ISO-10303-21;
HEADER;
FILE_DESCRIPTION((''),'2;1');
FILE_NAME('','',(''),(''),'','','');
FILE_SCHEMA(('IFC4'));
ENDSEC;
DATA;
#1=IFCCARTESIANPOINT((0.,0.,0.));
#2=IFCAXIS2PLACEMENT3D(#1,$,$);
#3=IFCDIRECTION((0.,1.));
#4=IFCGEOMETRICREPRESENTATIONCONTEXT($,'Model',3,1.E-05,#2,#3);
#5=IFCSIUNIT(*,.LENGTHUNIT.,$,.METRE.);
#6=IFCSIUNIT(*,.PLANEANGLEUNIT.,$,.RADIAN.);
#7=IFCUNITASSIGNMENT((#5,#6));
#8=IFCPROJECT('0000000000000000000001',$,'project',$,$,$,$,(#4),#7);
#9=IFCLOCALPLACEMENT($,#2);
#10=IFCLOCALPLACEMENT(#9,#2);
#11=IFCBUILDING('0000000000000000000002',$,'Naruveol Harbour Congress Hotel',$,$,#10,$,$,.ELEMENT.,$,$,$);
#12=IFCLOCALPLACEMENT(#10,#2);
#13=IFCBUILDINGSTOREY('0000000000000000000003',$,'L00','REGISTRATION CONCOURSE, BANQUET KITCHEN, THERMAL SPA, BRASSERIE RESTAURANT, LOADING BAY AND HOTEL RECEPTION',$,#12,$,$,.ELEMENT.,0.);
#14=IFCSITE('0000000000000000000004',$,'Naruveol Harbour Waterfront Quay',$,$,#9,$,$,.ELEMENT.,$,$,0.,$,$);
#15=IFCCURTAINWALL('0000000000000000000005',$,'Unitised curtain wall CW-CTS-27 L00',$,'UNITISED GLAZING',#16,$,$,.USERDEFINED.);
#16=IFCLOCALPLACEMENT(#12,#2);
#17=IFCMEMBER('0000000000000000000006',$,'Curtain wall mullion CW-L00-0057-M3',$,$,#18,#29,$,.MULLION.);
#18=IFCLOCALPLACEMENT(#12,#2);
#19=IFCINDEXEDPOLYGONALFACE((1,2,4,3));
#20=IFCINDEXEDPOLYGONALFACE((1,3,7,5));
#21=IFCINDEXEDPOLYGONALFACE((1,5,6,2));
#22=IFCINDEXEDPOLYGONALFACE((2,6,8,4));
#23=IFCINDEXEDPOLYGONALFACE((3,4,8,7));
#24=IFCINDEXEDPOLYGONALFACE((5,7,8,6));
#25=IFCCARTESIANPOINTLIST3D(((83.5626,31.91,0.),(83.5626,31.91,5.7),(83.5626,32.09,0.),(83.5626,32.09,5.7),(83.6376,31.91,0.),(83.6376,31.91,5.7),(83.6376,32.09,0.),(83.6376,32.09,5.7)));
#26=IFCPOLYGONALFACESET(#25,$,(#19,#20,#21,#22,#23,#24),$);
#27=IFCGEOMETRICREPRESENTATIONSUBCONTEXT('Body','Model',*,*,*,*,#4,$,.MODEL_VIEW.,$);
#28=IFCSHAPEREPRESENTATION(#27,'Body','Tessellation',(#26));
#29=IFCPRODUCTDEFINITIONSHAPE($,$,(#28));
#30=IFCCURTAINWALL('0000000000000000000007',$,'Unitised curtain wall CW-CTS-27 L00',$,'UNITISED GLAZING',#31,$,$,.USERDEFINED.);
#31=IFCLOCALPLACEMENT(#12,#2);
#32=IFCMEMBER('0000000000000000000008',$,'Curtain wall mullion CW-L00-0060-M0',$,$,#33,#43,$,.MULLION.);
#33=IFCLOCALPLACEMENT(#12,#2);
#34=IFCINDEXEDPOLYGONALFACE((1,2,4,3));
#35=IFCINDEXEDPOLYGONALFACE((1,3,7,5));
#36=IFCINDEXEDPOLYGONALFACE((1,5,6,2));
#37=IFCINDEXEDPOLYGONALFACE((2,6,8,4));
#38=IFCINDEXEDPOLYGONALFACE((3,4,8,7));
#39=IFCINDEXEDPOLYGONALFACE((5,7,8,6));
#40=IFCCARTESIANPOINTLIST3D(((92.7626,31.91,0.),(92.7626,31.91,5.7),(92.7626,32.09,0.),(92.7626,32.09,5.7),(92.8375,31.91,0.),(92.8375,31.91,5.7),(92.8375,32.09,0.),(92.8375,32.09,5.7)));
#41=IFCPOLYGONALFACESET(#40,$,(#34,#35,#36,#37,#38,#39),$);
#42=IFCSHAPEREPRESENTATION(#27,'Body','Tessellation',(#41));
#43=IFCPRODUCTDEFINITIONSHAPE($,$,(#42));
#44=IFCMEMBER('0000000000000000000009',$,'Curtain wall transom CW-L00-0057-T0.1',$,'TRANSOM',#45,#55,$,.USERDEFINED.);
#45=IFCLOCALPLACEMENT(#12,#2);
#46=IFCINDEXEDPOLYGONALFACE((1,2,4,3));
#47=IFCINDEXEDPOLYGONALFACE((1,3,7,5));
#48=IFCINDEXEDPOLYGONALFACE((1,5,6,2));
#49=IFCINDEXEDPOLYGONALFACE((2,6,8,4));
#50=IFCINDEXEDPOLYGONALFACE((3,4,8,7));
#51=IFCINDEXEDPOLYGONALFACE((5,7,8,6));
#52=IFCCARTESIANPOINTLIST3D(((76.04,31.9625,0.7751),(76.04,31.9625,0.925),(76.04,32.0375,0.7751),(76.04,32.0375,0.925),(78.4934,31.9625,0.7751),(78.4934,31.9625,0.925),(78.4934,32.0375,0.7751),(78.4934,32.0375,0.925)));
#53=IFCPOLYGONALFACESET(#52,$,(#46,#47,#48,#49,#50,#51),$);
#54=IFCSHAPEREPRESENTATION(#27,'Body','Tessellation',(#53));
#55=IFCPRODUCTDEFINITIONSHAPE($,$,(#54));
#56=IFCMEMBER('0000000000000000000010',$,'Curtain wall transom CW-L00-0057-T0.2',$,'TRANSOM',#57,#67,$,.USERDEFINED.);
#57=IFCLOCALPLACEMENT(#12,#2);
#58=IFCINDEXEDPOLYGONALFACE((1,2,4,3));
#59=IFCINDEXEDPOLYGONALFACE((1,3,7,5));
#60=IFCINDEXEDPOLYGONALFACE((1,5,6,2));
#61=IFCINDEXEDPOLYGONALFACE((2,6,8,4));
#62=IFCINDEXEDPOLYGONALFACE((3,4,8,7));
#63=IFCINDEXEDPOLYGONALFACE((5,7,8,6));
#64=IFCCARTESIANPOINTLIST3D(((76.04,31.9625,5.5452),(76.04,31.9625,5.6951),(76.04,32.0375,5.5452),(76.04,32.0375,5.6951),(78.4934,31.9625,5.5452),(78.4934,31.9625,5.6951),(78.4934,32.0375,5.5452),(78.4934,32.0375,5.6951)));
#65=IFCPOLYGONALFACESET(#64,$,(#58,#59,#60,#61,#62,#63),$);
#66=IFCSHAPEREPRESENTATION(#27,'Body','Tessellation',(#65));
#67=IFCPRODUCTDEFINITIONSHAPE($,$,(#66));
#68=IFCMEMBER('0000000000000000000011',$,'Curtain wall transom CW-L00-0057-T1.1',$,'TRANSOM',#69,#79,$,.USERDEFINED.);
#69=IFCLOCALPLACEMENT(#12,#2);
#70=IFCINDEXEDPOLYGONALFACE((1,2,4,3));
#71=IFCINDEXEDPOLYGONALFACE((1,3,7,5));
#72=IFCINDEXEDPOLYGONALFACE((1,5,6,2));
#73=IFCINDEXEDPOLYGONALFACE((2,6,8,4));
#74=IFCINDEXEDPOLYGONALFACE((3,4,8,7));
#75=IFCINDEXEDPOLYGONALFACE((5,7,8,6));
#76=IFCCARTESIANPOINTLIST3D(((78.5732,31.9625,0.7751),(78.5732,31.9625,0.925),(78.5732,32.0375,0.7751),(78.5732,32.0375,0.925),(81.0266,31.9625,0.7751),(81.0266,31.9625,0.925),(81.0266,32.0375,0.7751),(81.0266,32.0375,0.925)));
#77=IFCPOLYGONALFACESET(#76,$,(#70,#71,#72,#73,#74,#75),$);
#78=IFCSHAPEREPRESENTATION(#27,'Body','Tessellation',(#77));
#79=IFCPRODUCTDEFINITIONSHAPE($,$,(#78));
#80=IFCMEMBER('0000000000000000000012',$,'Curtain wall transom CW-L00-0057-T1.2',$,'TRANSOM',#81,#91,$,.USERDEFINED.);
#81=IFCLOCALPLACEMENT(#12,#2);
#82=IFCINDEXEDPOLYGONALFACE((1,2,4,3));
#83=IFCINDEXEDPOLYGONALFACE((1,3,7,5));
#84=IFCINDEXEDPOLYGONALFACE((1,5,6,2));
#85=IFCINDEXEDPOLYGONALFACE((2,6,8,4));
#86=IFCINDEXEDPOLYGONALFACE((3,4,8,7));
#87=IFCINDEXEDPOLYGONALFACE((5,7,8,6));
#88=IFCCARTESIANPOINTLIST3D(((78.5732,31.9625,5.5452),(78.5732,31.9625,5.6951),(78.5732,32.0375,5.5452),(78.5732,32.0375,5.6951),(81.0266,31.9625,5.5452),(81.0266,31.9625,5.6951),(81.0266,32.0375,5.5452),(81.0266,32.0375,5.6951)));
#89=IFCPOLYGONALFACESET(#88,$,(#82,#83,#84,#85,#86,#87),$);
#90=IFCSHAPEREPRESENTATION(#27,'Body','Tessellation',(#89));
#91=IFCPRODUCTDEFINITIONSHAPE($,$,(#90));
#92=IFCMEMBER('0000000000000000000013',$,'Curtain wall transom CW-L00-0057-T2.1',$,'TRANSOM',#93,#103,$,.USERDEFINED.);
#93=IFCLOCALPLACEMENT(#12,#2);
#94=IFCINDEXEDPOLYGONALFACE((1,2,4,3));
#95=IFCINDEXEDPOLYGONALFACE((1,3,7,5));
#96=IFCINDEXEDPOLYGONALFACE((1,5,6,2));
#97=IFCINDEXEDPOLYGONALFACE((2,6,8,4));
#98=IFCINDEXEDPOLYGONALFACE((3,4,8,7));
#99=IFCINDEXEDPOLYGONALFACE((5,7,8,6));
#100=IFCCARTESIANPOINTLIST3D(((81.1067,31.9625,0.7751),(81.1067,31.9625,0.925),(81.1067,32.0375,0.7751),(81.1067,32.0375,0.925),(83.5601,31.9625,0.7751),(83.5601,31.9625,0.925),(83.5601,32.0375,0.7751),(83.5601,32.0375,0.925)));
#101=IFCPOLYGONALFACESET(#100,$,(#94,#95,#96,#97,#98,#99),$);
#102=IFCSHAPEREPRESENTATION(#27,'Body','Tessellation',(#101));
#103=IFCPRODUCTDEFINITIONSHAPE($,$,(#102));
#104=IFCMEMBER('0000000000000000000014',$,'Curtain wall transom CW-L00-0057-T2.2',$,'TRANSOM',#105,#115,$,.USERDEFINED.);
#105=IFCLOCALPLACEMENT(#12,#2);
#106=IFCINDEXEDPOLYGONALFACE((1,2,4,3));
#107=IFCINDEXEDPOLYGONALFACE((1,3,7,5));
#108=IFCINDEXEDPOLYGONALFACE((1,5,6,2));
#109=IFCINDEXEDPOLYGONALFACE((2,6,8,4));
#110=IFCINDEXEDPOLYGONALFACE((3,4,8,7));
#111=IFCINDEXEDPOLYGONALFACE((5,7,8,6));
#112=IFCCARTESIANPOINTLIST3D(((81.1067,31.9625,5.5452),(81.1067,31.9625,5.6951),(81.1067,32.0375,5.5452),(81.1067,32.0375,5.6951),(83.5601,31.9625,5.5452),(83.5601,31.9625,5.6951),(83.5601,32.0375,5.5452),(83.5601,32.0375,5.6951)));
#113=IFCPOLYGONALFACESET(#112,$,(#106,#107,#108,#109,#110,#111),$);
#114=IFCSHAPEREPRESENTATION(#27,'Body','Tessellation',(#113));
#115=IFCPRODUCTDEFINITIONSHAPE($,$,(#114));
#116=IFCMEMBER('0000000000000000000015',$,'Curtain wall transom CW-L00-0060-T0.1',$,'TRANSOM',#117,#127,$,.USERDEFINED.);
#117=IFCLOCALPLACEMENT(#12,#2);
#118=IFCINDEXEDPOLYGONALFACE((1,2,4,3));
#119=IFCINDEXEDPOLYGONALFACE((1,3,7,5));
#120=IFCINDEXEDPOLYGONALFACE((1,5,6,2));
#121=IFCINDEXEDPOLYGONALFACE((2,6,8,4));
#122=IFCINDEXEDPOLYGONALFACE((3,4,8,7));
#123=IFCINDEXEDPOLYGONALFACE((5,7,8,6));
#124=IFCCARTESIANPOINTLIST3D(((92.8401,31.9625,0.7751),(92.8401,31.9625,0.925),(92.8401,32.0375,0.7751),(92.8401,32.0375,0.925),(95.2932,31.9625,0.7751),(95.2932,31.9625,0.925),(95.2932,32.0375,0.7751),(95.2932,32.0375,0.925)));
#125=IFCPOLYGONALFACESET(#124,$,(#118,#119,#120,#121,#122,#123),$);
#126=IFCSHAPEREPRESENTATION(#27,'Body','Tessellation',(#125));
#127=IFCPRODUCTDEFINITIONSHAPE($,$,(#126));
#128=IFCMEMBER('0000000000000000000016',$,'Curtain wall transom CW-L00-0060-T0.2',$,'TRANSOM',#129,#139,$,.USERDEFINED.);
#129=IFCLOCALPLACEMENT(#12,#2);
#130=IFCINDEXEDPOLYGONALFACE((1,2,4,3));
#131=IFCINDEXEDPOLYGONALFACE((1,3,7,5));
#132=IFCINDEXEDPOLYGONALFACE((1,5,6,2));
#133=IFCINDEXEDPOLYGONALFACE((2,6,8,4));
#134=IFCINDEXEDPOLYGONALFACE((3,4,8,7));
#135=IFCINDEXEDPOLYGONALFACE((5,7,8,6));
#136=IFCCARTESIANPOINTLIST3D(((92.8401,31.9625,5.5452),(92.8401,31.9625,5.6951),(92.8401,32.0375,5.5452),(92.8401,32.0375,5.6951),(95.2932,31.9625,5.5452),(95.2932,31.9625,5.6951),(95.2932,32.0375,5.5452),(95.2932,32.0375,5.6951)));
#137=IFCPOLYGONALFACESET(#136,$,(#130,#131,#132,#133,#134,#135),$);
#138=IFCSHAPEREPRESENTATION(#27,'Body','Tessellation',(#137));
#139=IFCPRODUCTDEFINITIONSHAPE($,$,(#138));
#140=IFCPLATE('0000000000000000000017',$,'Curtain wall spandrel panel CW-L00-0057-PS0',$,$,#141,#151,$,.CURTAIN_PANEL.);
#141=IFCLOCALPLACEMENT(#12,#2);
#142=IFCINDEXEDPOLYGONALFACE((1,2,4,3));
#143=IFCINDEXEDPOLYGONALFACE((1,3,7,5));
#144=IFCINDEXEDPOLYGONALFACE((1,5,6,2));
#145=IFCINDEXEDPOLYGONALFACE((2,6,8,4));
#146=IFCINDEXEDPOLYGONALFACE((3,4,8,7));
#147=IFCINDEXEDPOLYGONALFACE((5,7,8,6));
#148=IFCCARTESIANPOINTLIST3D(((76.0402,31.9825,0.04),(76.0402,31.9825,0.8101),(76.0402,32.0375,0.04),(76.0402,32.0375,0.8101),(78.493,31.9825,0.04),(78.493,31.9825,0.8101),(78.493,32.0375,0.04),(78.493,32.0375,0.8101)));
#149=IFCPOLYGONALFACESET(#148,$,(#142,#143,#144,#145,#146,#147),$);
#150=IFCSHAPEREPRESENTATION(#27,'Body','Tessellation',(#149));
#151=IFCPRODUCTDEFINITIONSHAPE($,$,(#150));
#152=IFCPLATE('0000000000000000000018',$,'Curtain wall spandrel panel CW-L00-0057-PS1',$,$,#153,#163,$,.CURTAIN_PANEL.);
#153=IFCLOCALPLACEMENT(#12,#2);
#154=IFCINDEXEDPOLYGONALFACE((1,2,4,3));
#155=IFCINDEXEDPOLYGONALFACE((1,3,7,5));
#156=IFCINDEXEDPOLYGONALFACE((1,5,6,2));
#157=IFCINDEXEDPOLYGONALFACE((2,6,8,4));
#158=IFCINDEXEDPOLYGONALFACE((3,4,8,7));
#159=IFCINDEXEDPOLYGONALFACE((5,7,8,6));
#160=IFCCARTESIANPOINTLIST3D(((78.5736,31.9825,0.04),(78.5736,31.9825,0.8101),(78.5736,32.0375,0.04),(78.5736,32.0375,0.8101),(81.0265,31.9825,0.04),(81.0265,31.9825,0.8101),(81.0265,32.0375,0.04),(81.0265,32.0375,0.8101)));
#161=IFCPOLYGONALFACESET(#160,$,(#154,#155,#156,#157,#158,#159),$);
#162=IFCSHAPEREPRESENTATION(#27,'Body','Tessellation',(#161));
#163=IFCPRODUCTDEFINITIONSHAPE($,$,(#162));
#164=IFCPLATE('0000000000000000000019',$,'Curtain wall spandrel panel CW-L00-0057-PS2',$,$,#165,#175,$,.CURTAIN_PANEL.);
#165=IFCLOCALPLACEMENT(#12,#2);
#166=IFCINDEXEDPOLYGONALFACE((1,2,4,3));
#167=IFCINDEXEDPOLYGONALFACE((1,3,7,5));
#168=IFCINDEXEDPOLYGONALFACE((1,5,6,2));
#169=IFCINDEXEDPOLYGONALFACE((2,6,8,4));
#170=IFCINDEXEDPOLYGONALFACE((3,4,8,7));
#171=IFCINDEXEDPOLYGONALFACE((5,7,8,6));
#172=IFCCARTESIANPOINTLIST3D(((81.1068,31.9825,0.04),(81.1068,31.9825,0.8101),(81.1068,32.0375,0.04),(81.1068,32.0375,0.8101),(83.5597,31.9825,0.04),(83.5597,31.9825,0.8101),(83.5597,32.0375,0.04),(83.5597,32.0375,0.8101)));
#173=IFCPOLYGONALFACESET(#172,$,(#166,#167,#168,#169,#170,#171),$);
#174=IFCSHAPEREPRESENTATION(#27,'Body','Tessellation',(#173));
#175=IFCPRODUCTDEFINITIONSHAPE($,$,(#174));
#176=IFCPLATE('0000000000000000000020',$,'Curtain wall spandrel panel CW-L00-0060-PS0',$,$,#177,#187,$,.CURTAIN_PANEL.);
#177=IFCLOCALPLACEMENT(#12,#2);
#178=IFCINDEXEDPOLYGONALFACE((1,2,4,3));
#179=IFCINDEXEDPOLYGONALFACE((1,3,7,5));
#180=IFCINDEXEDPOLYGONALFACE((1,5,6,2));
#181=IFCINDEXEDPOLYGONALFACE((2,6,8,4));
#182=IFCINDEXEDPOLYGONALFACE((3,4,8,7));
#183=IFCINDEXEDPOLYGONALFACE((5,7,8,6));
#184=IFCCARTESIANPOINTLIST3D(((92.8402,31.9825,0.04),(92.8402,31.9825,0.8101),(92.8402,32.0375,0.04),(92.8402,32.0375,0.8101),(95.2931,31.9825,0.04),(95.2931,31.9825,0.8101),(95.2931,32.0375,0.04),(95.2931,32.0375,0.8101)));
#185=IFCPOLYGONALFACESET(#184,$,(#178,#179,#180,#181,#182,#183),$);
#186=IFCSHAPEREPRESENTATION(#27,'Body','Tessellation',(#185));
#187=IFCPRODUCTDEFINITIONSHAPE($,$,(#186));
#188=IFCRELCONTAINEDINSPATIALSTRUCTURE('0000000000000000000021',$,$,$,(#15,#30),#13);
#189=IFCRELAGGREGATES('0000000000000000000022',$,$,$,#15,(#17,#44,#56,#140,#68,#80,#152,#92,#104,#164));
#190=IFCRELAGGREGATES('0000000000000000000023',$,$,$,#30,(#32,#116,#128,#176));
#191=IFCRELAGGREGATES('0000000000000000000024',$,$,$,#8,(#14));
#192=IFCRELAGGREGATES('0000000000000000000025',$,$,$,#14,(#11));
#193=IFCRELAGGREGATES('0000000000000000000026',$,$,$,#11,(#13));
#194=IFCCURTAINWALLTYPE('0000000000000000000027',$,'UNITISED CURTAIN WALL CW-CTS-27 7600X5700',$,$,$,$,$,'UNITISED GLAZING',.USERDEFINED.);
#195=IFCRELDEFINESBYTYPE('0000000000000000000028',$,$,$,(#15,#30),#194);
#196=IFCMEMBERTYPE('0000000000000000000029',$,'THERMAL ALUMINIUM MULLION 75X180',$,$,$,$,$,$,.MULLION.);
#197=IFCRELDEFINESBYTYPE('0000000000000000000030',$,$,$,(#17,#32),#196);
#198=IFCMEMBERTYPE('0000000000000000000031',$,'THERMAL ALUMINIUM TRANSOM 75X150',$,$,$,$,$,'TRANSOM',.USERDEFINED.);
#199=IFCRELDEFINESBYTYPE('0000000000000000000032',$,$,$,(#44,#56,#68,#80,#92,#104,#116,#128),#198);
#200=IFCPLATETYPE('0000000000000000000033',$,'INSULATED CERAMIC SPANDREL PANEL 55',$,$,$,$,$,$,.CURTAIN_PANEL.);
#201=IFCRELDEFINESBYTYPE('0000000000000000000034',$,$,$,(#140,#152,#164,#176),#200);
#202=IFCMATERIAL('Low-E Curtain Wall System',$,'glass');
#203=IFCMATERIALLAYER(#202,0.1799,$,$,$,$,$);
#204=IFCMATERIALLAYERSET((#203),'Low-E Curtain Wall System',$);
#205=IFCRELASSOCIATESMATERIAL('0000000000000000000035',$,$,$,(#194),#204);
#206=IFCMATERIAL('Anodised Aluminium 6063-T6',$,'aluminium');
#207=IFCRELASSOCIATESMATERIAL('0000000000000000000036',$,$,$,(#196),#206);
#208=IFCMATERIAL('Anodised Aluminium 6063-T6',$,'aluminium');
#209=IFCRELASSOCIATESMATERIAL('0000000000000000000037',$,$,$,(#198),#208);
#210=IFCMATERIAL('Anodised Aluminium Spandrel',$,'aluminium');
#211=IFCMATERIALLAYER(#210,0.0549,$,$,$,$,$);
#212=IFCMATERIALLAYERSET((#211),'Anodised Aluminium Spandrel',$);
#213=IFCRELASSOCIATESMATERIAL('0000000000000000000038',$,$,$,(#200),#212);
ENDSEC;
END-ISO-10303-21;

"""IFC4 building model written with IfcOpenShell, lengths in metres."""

from ifc_helpers import new_model, si_unit, direction, frame, origin, origin_2d, place, context, subcontext, project, spatial, rectangle, extrude, material, layer, layer_set, material_profile, profile_set, type_object, element, aggregate, save


model = new_model("IFC4")

# Units and contexts
model_context = context("Model", 3, precision=1e-05, world=origin(), true_north=direction((0.0, 1.0)))
body_context = subcontext(model_context, "Body", "Model", "MODEL_VIEW")
ifc_project = project(units=[si_unit("LENGTHUNIT", "METRE"), si_unit("PLANEANGLEUNIT", "RADIAN")], contexts=[model_context])

# Site, building, storey
site_placement = place(None, origin())
site = spatial("IfcSite", under=ifc_project, at=site_placement, Name="Naruveol Harbour Waterfront Quay", CompositionType="ELEMENT", RefElevation=0.0)
building_placement = place(site_placement, origin())
building = spatial("IfcBuilding", under=site, at=building_placement, Name="Naruveol Harbour Congress Hotel", CompositionType="ELEMENT")
storey_placement = place(building_placement, origin())
storey = spatial("IfcBuildingStorey", under=building, at=storey_placement, Name="L00", Description="REGISTRATION CONCOURSE, BANQUET KITCHEN, THERMAL SPA, BRASSERIE RESTAURANT, LOADING BAY AND HOTEL RECEPTION", CompositionType="ELEMENT", Elevation=0.0)

# Curtain wall, member
ifc_material_1 = material(Name="Low-E Curtain Wall System", Category="glass")
ifc_layer_1 = layer(ifc_material_1, 0.1799)
ifc_layer_set_1 = layer_set([ifc_layer_1], Name="Low-E Curtain Wall System")
curtain_wall_type = type_object("IfcCurtainWallType", Name="UNITISED CURTAIN WALL CW-CTS-27 7600X5700", ElementType="UNITISED GLAZING", PredefinedType="USERDEFINED", material=ifc_layer_set_1)
curtain_wall_1_placement = place(storey_placement, origin())
curtain_wall_1 = element("IfcCurtainWall", 1, at=curtain_wall_1_placement, inside=storey, type_object=curtain_wall_type, Name="Unitised curtain wall CW-CTS-27 L00", ObjectType="UNITISED GLAZING", PredefinedType="USERDEFINED")
ifc_material_2 = material(Name="Anodised Aluminium 6063-T6", Category="aluminium")
ifc_material_profile_1 = material_profile(ifc_material_2, rectangle(XDim=0.075, YDim=0.1799, at=origin_2d()), Name="ALU-75x180")
ifc_profile_set_1 = profile_set([ifc_material_profile_1], Name="Anodised Aluminium 6063-T6")
member_type_1 = type_object("IfcMemberType", Name="THERMAL ALUMINIUM MULLION 75X180", PredefinedType="MULLION", material=ifc_profile_set_1)
member_1_placement = place(storey_placement, frame((83.6001, 32.0, 0.0), z_axis=(0.0, 0.0, 1.0), x_axis=(1.0, 0.0, 0.0)))
member_1 = element("IfcMember", 2, at=member_1_placement, type_object=member_type_1, Name="Curtain wall mullion CW-L00-0057-M3", PredefinedType="MULLION", context=body_context, shape_type="SweptSolid", body=[
    extrude(rectangle(XDim=0.075, YDim=0.1799, at=origin_2d()), origin(), (0.0, 0.0, 1.0), 5.7),
])

# Curtain wall, member
curtain_wall_2_placement = place(storey_placement, origin())
curtain_wall_2 = element("IfcCurtainWall", 3, at=curtain_wall_2_placement, inside=storey, type_object=curtain_wall_type, Name="Unitised curtain wall CW-CTS-27 L00", ObjectType="UNITISED GLAZING", PredefinedType="USERDEFINED")
member_2_placement = place(storey_placement, frame((92.8, 32.0, 0.0), z_axis=(0.0, 0.0, 1.0), x_axis=(1.0, 0.0, 0.0)))
member_2 = element("IfcMember", 4, at=member_2_placement, type_object=member_type_1, Name="Curtain wall mullion CW-L00-0060-M0", PredefinedType="MULLION", context=body_context, shape_type="SweptSolid", body=[
    extrude(rectangle(XDim=0.075, YDim=0.1799, at=origin_2d()), origin(), (0.0, 0.0, 1.0), 5.7),
])

# Members
ifc_material_3 = material(Name="Anodised Aluminium 6063-T6", Category="aluminium")
ifc_material_profile_2 = material_profile(ifc_material_3, rectangle(XDim=0.075, YDim=0.1499, at=origin_2d()), Name="ALU-75x150")
ifc_profile_set_2 = profile_set([ifc_material_profile_2], Name="Anodised Aluminium 6063-T6")
member_type_2 = type_object("IfcMemberType", Name="THERMAL ALUMINIUM TRANSOM 75X150", ElementType="TRANSOM", PredefinedType="USERDEFINED", material=ifc_profile_set_2)
member_3_placement = place(storey_placement, frame((76.04, 32.0, 0.8501), z_axis=(1.0, 0.0, 0.0), x_axis=(0.0, 1.0, 0.0)))
member_3 = element("IfcMember", 5, at=member_3_placement, type_object=member_type_2, Name="Curtain wall transom CW-L00-0057-T0.1", ObjectType="TRANSOM", PredefinedType="USERDEFINED", context=body_context, shape_type="SweptSolid", body=[
    extrude(rectangle(XDim=0.075, YDim=0.1499, at=origin_2d()), origin(), (0.0, 0.0, 1.0), 2.4534),
])
member_4_placement = place(storey_placement, frame((76.04, 32.0, 5.6201), z_axis=(1.0, 0.0, 0.0), x_axis=(0.0, 1.0, 0.0)))
member_4 = element("IfcMember", 6, at=member_4_placement, type_object=member_type_2, Name="Curtain wall transom CW-L00-0057-T0.2", ObjectType="TRANSOM", PredefinedType="USERDEFINED", context=body_context, shape_type="SweptSolid", body=[
    extrude(rectangle(XDim=0.075, YDim=0.1499, at=origin_2d()), origin(), (0.0, 0.0, 1.0), 2.4534),
])
member_5_placement = place(storey_placement, frame((78.5732, 32.0, 0.8501), z_axis=(1.0, 0.0, 0.0), x_axis=(0.0, 1.0, 0.0)))
member_5 = element("IfcMember", 7, at=member_5_placement, type_object=member_type_2, Name="Curtain wall transom CW-L00-0057-T1.1", ObjectType="TRANSOM", PredefinedType="USERDEFINED", context=body_context, shape_type="SweptSolid", body=[
    extrude(rectangle(XDim=0.075, YDim=0.1499, at=origin_2d()), origin(), (0.0, 0.0, 1.0), 2.4534),
])
member_6_placement = place(storey_placement, frame((78.5732, 32.0, 5.6201), z_axis=(1.0, 0.0, 0.0), x_axis=(0.0, 1.0, 0.0)))
member_6 = element("IfcMember", 8, at=member_6_placement, type_object=member_type_2, Name="Curtain wall transom CW-L00-0057-T1.2", ObjectType="TRANSOM", PredefinedType="USERDEFINED", context=body_context, shape_type="SweptSolid", body=[
    extrude(rectangle(XDim=0.075, YDim=0.1499, at=origin_2d()), origin(), (0.0, 0.0, 1.0), 2.4534),
])
member_7_placement = place(storey_placement, frame((81.1067, 32.0, 0.8501), z_axis=(1.0, 0.0, 0.0), x_axis=(0.0, 1.0, 0.0)))
member_7 = element("IfcMember", 9, at=member_7_placement, type_object=member_type_2, Name="Curtain wall transom CW-L00-0057-T2.1", ObjectType="TRANSOM", PredefinedType="USERDEFINED", context=body_context, shape_type="SweptSolid", body=[
    extrude(rectangle(XDim=0.075, YDim=0.1499, at=origin_2d()), origin(), (0.0, 0.0, 1.0), 2.4534),
])
member_8_placement = place(storey_placement, frame((81.1067, 32.0, 5.6201), z_axis=(1.0, 0.0, 0.0), x_axis=(0.0, 1.0, 0.0)))
member_8 = element("IfcMember", 10, at=member_8_placement, type_object=member_type_2, Name="Curtain wall transom CW-L00-0057-T2.2", ObjectType="TRANSOM", PredefinedType="USERDEFINED", context=body_context, shape_type="SweptSolid", body=[
    extrude(rectangle(XDim=0.075, YDim=0.1499, at=origin_2d()), origin(), (0.0, 0.0, 1.0), 2.4534),
])
member_9_placement = place(storey_placement, frame((92.8401, 32.0, 0.8501), z_axis=(1.0, 0.0, 0.0), x_axis=(0.0, 1.0, 0.0)))
member_9 = element("IfcMember", 11, at=member_9_placement, type_object=member_type_2, Name="Curtain wall transom CW-L00-0060-T0.1", ObjectType="TRANSOM", PredefinedType="USERDEFINED", context=body_context, shape_type="SweptSolid", body=[
    extrude(rectangle(XDim=0.075, YDim=0.1499, at=origin_2d()), origin(), (0.0, 0.0, 1.0), 2.4531),
])
member_10_placement = place(storey_placement, frame((92.8401, 32.0, 5.6201), z_axis=(1.0, 0.0, 0.0), x_axis=(0.0, 1.0, 0.0)))
member_10 = element("IfcMember", 12, at=member_10_placement, type_object=member_type_2, Name="Curtain wall transom CW-L00-0060-T0.2", ObjectType="TRANSOM", PredefinedType="USERDEFINED", context=body_context, shape_type="SweptSolid", body=[
    extrude(rectangle(XDim=0.075, YDim=0.1499, at=origin_2d()), origin(), (0.0, 0.0, 1.0), 2.4531),
])

# Plates
ifc_material_4 = material(Name="Anodised Aluminium Spandrel", Category="aluminium")
ifc_layer_2 = layer(ifc_material_4, 0.0549)
ifc_layer_set_2 = layer_set([ifc_layer_2], Name="Anodised Aluminium Spandrel")
plate_type_1 = type_object("IfcPlateType", Name="INSULATED CERAMIC SPANDREL PANEL 55", PredefinedType="CURTAIN_PANEL", material=ifc_layer_set_2)
plate_1_placement = place(storey_placement, frame((77.2666, 32.01, 0.04), z_axis=(0.0, 0.0, 1.0), x_axis=(1.0, 0.0, 0.0)))
plate_1 = element("IfcPlate", 13, at=plate_1_placement, type_object=plate_type_1, Name="Curtain wall spandrel panel CW-L00-0057-PS0", PredefinedType="CURTAIN_PANEL", context=body_context, shape_type="SweptSolid", body=[
    extrude(rectangle(XDim=2.4529, YDim=0.0549, at=origin_2d()), origin(), (0.0, 0.0, 1.0), 0.77),
])
plate_2_placement = place(storey_placement, frame((79.8, 32.01, 0.04), z_axis=(0.0, 0.0, 1.0), x_axis=(1.0, 0.0, 0.0)))
plate_2 = element("IfcPlate", 14, at=plate_2_placement, type_object=plate_type_1, Name="Curtain wall spandrel panel CW-L00-0057-PS1", PredefinedType="CURTAIN_PANEL", context=body_context, shape_type="SweptSolid", body=[
    extrude(rectangle(XDim=2.4529, YDim=0.0549, at=origin_2d()), origin(), (0.0, 0.0, 1.0), 0.77),
])
plate_3_placement = place(storey_placement, frame((82.3333, 32.01, 0.04), z_axis=(0.0, 0.0, 1.0), x_axis=(1.0, 0.0, 0.0)))
plate_3 = element("IfcPlate", 15, at=plate_3_placement, type_object=plate_type_1, Name="Curtain wall spandrel panel CW-L00-0057-PS2", PredefinedType="CURTAIN_PANEL", context=body_context, shape_type="SweptSolid", body=[
    extrude(rectangle(XDim=2.4529, YDim=0.0549, at=origin_2d()), origin(), (0.0, 0.0, 1.0), 0.77),
])
plate_4_placement = place(storey_placement, frame((94.0667, 32.01, 0.04), z_axis=(0.0, 0.0, 1.0), x_axis=(1.0, 0.0, 0.0)))
plate_4 = element("IfcPlate", 16, at=plate_4_placement, type_object=plate_type_1, Name="Curtain wall spandrel panel CW-L00-0060-PS0", PredefinedType="CURTAIN_PANEL", context=body_context, shape_type="SweptSolid", body=[
    extrude(rectangle(XDim=2.4529, YDim=0.0549, at=origin_2d()), origin(), (0.0, 0.0, 1.0), 0.77),
])
aggregate(curtain_wall_1, [member_1, member_3, member_4, plate_1, member_5, member_6, plate_2, member_7, member_8, plate_3])
aggregate(curtain_wall_2, [member_2, member_9, member_10, plate_4])

save(model, "model.ifc")
